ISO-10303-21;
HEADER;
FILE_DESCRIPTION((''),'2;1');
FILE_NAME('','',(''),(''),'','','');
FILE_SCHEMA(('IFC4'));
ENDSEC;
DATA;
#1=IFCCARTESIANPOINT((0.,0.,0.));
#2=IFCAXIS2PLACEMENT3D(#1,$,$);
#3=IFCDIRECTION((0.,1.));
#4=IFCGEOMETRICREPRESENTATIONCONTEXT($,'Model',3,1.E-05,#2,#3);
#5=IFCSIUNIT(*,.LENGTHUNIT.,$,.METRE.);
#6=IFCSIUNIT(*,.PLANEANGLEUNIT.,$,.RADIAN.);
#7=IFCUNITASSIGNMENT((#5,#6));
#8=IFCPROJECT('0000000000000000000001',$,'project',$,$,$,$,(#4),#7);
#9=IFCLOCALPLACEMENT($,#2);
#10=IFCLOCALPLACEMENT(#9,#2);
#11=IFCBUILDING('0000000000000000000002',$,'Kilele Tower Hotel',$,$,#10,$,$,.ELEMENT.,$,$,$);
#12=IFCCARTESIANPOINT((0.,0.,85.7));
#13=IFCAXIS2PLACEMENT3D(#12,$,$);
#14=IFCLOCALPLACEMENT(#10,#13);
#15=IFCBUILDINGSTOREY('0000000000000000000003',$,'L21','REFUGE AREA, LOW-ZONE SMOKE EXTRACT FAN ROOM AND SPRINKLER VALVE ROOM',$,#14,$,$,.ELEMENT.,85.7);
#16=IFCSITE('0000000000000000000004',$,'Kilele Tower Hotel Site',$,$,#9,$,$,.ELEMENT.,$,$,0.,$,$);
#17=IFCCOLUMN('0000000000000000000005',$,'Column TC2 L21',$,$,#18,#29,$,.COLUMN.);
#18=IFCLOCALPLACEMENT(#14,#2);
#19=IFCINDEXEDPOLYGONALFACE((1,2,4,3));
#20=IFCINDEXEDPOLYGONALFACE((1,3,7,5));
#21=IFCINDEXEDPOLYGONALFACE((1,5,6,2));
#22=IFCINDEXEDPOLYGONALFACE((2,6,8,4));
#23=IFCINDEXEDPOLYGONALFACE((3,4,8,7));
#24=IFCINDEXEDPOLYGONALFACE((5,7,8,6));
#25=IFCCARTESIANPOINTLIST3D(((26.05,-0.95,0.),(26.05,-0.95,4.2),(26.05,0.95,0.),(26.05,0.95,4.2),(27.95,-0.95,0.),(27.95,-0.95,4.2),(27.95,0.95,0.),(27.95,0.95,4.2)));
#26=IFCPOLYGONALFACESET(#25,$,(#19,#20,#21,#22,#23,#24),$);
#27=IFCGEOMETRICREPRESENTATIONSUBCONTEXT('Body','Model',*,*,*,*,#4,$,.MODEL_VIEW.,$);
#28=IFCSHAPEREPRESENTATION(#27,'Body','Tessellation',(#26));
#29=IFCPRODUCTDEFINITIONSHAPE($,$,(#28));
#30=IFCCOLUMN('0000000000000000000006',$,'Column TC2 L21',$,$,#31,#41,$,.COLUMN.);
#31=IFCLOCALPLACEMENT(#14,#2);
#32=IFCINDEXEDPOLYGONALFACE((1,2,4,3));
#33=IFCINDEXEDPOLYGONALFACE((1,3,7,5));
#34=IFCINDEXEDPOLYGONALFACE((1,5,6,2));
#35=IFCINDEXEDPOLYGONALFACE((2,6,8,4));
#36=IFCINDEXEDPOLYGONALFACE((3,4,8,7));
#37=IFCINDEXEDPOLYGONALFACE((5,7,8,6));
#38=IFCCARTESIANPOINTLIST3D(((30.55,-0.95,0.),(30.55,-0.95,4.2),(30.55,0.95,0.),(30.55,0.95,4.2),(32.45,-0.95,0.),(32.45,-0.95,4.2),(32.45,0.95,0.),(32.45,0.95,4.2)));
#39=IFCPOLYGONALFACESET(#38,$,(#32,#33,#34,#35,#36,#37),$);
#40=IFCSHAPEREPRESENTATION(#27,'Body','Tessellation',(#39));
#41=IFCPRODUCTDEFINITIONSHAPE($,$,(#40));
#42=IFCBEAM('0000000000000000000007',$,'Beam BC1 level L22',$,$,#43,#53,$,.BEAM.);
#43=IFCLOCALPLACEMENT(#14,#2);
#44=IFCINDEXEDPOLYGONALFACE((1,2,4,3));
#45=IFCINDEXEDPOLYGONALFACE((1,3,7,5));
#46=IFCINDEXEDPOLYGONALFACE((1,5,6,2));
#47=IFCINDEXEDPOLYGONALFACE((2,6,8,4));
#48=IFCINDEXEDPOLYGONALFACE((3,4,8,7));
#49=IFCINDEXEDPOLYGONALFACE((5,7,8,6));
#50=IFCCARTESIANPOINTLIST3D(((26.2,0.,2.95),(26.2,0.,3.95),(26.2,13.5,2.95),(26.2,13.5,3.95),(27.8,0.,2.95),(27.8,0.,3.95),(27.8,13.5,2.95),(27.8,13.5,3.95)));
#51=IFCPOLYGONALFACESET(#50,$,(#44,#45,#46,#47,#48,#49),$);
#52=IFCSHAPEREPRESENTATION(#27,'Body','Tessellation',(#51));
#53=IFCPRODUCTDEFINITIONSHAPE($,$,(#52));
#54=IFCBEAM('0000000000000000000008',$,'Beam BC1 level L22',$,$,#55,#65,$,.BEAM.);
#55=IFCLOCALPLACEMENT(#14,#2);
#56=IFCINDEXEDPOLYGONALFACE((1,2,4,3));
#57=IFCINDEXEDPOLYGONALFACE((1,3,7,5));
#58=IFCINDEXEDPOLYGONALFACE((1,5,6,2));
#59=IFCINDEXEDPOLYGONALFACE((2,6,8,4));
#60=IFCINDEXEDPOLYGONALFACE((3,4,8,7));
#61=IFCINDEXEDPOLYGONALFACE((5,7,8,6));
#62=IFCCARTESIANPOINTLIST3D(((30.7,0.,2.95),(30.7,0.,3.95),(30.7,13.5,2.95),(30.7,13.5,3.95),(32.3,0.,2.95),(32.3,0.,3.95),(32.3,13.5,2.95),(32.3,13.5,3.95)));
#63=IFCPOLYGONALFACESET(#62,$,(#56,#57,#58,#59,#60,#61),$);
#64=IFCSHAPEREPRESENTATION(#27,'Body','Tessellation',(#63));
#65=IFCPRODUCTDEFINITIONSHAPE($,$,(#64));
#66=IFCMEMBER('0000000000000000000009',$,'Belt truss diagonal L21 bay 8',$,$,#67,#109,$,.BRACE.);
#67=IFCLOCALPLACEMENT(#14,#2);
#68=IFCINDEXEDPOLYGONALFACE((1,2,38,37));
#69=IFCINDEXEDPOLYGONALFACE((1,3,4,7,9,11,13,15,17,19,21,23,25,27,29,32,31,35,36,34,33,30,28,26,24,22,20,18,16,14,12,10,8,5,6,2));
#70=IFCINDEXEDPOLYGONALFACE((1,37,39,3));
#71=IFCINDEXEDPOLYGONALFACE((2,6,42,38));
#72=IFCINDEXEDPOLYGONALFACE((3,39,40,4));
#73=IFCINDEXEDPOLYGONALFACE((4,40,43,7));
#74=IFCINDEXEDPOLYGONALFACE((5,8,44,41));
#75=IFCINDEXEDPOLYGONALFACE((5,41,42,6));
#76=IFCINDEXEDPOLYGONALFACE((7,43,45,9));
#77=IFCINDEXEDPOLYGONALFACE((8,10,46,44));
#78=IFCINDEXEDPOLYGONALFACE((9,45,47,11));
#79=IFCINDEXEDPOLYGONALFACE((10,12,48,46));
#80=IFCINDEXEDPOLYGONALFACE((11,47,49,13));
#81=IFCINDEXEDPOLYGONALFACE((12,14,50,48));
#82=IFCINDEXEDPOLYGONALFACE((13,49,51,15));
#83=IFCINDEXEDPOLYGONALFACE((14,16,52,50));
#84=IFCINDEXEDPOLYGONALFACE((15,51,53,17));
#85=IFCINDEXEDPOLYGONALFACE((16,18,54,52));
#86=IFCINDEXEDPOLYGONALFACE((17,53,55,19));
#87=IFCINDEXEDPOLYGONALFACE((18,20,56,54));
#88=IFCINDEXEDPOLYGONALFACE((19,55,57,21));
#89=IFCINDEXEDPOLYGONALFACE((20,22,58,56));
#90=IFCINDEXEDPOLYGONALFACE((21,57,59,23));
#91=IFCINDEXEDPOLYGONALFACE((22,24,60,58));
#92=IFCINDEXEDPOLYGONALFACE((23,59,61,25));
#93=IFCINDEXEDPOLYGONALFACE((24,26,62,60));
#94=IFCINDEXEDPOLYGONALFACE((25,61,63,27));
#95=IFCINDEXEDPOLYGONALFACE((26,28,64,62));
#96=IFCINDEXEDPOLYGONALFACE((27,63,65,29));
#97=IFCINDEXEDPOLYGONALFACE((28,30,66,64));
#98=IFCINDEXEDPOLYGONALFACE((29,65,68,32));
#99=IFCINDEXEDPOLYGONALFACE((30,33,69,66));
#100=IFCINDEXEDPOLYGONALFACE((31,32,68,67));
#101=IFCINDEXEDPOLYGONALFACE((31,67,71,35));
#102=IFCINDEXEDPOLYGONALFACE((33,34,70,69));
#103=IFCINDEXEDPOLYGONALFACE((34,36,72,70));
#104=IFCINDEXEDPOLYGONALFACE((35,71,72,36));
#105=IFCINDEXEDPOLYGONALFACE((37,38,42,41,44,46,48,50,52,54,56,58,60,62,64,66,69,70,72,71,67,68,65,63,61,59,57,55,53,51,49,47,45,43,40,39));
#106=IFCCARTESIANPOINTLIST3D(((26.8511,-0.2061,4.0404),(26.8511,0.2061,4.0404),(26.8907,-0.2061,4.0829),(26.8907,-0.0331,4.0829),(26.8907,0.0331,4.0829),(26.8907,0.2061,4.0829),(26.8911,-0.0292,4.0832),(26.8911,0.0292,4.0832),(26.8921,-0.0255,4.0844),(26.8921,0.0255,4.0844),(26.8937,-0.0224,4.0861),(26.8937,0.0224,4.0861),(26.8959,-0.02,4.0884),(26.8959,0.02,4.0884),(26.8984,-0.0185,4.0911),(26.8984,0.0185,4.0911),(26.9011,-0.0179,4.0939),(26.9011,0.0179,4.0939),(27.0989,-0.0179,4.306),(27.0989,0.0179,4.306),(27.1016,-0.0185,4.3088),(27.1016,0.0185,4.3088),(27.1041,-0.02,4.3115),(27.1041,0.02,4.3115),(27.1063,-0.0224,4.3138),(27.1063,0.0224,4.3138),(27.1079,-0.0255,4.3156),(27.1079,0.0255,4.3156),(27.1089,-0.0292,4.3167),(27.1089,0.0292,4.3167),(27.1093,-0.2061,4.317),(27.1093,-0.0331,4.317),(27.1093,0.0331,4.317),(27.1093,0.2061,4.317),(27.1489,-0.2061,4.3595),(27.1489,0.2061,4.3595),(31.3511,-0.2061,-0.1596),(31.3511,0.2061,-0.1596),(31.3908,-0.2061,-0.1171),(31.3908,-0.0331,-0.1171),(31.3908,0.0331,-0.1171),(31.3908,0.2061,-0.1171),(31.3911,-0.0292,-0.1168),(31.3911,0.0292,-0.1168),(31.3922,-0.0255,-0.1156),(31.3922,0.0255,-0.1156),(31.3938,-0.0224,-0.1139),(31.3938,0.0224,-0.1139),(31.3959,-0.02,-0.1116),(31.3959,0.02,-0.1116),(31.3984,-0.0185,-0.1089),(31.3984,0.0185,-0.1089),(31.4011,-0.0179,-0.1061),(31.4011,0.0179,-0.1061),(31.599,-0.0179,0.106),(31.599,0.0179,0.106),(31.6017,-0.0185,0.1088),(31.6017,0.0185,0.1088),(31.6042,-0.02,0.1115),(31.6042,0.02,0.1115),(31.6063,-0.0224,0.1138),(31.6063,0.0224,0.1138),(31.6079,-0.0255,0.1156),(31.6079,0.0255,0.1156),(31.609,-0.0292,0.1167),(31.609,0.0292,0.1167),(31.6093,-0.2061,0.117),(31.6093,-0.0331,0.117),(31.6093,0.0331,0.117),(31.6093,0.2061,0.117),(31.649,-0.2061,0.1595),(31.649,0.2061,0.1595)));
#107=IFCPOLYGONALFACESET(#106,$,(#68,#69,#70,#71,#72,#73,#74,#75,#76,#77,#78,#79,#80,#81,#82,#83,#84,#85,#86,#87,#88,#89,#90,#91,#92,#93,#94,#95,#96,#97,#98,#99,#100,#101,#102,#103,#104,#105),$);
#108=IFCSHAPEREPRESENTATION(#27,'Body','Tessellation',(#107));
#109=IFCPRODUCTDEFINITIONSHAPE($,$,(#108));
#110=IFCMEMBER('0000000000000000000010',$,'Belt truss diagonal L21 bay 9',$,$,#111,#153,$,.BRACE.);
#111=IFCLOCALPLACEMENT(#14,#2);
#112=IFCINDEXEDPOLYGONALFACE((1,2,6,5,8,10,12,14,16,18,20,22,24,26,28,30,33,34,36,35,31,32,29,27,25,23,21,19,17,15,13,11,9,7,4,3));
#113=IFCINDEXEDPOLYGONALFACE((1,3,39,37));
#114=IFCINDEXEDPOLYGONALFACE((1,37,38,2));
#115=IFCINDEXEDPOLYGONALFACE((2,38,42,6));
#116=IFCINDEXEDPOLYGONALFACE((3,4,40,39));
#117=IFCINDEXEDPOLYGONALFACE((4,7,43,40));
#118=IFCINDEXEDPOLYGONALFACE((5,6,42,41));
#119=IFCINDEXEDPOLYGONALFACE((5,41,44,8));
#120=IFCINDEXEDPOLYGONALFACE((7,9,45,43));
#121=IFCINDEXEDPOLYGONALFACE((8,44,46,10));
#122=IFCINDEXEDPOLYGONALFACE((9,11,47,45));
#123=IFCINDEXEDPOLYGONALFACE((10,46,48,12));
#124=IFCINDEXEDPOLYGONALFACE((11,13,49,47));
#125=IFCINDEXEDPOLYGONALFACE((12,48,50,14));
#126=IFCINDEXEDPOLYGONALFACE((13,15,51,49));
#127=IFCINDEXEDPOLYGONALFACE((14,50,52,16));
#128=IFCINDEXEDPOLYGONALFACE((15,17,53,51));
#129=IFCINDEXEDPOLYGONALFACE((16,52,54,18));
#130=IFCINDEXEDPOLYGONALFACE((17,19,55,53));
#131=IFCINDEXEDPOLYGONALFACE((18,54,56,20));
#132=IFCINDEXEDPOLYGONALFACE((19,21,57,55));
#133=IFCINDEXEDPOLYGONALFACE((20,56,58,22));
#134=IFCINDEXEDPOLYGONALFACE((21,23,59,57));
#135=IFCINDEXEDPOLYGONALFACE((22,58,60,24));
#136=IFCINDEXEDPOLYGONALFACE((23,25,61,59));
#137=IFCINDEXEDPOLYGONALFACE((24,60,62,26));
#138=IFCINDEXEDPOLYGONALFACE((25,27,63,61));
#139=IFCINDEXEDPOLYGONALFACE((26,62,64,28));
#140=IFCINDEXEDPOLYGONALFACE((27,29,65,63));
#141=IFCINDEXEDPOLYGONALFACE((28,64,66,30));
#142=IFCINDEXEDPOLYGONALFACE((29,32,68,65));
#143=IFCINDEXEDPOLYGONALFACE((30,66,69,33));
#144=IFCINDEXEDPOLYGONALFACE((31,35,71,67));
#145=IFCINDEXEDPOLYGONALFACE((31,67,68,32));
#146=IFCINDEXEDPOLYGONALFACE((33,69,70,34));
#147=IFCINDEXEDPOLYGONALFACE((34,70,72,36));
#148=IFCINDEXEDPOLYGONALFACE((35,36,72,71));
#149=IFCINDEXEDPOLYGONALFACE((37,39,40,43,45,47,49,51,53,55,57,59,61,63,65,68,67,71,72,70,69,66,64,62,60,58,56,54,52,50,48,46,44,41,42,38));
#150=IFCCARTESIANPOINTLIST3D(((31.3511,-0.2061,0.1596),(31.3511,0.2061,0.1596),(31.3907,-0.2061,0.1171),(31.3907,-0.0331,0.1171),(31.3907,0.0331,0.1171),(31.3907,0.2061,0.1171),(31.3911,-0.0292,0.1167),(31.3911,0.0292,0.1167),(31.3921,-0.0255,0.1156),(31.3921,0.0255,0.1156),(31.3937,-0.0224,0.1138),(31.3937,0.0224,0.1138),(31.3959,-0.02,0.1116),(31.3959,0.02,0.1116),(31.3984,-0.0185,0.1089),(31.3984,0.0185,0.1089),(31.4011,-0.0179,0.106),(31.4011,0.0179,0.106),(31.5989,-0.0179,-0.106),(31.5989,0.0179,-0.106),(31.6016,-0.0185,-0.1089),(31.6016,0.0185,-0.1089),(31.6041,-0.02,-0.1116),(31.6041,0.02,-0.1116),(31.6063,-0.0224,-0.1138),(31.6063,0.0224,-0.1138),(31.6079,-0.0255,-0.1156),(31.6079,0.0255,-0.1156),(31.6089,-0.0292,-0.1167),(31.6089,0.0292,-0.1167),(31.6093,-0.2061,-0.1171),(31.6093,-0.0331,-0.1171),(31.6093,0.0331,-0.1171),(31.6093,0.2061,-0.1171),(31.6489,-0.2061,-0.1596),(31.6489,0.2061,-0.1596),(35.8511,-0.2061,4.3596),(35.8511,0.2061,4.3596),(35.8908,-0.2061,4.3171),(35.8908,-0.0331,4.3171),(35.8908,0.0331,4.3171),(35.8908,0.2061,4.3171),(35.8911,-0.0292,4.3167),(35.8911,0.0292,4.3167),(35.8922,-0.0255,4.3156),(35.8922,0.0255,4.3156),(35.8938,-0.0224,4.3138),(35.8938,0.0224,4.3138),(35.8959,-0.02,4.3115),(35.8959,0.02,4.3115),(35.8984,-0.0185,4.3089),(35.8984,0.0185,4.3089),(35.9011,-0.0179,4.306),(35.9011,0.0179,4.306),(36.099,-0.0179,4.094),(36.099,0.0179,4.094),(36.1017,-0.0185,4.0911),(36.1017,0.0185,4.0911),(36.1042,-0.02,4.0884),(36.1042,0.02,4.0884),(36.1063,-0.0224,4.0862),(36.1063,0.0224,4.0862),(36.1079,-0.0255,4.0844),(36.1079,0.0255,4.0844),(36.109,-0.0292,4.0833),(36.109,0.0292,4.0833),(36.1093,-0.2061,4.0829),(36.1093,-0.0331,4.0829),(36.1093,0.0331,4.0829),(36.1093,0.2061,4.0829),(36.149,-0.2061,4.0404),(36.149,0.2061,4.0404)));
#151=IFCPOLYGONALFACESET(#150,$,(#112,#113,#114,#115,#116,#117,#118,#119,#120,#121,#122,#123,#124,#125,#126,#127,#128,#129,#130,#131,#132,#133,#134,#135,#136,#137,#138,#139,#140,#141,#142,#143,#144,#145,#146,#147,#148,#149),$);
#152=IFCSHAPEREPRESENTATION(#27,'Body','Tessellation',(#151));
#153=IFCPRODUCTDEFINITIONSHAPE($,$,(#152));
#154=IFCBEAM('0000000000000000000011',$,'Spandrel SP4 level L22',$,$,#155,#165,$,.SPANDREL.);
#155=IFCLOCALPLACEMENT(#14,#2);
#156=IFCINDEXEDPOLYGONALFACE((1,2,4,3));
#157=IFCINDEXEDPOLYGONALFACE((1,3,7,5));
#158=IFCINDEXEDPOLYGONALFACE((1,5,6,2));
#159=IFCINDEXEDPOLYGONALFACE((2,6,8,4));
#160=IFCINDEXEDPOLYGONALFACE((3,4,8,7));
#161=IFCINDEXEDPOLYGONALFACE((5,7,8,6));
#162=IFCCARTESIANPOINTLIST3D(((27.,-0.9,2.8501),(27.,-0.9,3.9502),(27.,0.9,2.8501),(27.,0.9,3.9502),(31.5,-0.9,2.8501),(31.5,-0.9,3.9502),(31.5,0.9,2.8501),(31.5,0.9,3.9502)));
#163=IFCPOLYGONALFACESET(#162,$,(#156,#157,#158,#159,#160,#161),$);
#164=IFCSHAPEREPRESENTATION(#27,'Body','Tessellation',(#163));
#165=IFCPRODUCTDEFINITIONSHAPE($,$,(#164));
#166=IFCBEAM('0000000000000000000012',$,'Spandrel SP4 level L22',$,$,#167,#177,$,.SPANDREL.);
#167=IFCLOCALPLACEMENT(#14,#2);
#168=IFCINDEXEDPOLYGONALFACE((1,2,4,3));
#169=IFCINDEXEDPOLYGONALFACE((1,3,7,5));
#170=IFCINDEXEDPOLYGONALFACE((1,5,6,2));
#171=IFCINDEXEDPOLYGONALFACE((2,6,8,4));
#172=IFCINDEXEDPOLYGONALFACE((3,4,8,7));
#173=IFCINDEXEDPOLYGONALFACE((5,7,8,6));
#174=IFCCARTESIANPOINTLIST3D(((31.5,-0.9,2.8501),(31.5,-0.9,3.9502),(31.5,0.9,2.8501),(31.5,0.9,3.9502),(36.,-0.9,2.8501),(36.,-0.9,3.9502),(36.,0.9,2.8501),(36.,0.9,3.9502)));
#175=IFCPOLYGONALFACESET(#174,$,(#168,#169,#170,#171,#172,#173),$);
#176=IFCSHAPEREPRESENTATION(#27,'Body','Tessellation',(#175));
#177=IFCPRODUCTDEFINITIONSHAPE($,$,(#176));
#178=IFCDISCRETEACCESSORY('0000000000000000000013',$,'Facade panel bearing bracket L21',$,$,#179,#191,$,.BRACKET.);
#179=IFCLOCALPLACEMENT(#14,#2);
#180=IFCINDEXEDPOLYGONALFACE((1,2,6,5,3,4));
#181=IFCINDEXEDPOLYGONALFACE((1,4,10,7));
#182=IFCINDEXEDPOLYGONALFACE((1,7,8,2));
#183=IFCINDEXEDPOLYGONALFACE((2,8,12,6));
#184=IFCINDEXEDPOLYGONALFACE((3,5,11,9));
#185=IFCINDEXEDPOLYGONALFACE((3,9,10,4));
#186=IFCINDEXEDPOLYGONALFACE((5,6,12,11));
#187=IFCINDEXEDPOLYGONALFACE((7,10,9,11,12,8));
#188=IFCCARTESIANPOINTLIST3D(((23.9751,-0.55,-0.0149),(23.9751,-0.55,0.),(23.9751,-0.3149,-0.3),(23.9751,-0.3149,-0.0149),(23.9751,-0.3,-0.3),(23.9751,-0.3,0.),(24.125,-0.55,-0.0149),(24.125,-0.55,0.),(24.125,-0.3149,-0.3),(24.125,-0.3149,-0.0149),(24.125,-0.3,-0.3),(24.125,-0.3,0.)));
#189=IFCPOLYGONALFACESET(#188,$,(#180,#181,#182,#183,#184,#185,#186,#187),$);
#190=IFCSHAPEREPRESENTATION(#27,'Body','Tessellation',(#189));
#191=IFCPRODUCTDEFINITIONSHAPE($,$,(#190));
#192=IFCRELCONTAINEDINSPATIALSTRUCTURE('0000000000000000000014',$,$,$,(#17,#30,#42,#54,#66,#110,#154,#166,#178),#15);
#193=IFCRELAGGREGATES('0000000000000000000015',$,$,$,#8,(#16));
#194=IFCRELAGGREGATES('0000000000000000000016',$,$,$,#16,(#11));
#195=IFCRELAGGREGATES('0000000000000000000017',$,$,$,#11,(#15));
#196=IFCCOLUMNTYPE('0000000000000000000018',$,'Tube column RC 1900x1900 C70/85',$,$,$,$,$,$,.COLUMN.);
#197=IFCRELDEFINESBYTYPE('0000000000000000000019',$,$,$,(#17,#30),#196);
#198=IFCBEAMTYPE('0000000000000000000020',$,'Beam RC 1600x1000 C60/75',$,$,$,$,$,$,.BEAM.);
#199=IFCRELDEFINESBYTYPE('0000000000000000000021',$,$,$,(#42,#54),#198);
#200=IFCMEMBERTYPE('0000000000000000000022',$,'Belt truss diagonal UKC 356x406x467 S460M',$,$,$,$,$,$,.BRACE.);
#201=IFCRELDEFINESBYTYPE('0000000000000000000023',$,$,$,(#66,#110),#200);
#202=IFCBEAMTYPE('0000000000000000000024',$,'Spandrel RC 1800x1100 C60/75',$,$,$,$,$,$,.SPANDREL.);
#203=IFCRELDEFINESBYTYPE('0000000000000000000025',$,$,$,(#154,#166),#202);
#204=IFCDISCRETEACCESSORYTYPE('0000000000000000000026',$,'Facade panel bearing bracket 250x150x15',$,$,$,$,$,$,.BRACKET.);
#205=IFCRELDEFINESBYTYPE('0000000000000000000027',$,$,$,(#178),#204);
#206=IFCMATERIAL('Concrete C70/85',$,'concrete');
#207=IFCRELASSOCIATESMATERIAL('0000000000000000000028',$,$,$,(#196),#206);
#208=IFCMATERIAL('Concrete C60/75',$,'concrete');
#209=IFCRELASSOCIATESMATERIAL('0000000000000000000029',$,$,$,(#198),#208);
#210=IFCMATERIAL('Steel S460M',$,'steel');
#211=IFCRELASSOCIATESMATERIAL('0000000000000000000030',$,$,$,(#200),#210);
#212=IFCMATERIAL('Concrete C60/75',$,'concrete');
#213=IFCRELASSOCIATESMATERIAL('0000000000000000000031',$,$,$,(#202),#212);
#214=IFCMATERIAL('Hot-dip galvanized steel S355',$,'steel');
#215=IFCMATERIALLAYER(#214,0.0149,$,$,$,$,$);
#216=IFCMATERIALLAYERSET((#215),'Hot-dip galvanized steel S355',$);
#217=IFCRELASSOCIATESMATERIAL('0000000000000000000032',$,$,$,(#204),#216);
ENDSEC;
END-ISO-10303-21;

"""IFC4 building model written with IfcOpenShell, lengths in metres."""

from ifc_helpers import new_model, si_unit, direction, frame, origin, origin_2d, place, context, subcontext, project, spatial, polyline, rectangle, i_section, outline, extrude, source, transform, mapped, material, layer, layer_set, material_profile, profile_set, type_object, element, save


model = new_model("IFC4")

# Units and contexts
model_context = context("Model", 3, precision=1e-05, world=origin(), true_north=direction((0.0, 1.0)))
body_context = subcontext(model_context, "Body", "Model", "MODEL_VIEW")
ifc_project = project(units=[si_unit("LENGTHUNIT", "METRE"), si_unit("PLANEANGLEUNIT", "RADIAN")], contexts=[model_context])

# Site, building, storey
site_placement = place(None, origin())
site = spatial("IfcSite", under=ifc_project, at=site_placement, Name="Kilele Tower Hotel Site", CompositionType="ELEMENT", RefElevation=0.0)
building_placement = place(site_placement, origin())
building = spatial("IfcBuilding", under=site, at=building_placement, Name="Kilele Tower Hotel", CompositionType="ELEMENT")
storey_placement = place(building_placement, frame((0.0, 0.0, 85.7)))
storey = spatial("IfcBuildingStorey", under=building, at=storey_placement, Name="L21", Description="REFUGE AREA, LOW-ZONE SMOKE EXTRACT FAN ROOM AND SPRINKLER VALVE ROOM", CompositionType="ELEMENT", Elevation=85.7)

# Columns
ifc_material_1 = material(Name="Concrete C70/85", Category="concrete")
ifc_material_profile_1 = material_profile(ifc_material_1, rectangle(XDim=1.8999, YDim=1.8999, at=origin_2d()))
ifc_profile_set_1 = profile_set([ifc_material_profile_1], Name="Concrete C70/85")
column_type = type_object("IfcColumnType", Name="Tube column RC 1900x1900 C70/85", PredefinedType="COLUMN", material=ifc_profile_set_1)
for number, where, z_axis, x_axis, name in (
    (1, (27.0, 0.0, 0.0), (0.0, 0.0, 1.0), (1.0, 0.0, 0.0), "Column TC2 L21"),
    (2, (31.5, 0.0, 0.0), (0.0, 0.0, 1.0), (1.0, 0.0, 0.0), "Column TC2 L21"),
):
    element("IfcColumn", number, at=place(storey_placement, frame(where, z_axis=z_axis, x_axis=x_axis)), inside=storey, type_object=column_type, Name=name, PredefinedType="COLUMN", context=body_context, shape_type="SweptSolid", body=[
        extrude(rectangle(XDim=1.8999, YDim=1.8999, at=origin_2d()), origin(), (0.0, 0.0, 1.0), 4.2),
    ])

# Beams
ifc_material_2 = material(Name="Concrete C60/75", Category="concrete")
ifc_material_profile_2 = material_profile(ifc_material_2, rectangle(XDim=1.6001, YDim=1.0, at=origin_2d()))
ifc_profile_set_2 = profile_set([ifc_material_profile_2], Name="Concrete C60/75")
beam_type_1 = type_object("IfcBeamType", Name="Beam RC 1600x1000 C60/75", PredefinedType="BEAM", material=ifc_profile_set_2)
for number, where, z_axis, x_axis, name in (
    (3, (27.0, 0.0, 3.45), (0.0, 1.0, 0.0), (-1.0, 0.0, 0.0), "Beam BC1 level L22"),
    (4, (31.5, 0.0, 3.45), (0.0, 1.0, 0.0), (-1.0, 0.0, 0.0), "Beam BC1 level L22"),
):
    element("IfcBeam", number, at=place(storey_placement, frame(where, z_axis=z_axis, x_axis=x_axis)), inside=storey, type_object=beam_type_1, Name=name, PredefinedType="BEAM", context=body_context, shape_type="SweptSolid", body=[
        extrude(rectangle(XDim=1.6001, YDim=1.0, at=origin_2d()), origin(), (0.0, 0.0, 1.0), 13.5),
    ])

# Members
ifc_material_3 = material(Name="Steel S460M", Category="steel")
ifc_material_profile_3 = material_profile(ifc_material_3, i_section(OverallWidth=0.4121, OverallDepth=0.4365, WebThickness=0.0359, FlangeThickness=0.0581, FilletRadius=0.0151, at=origin_2d()))
ifc_profile_set_3 = profile_set([ifc_material_profile_3], Name="Steel S460M")
member_type = type_object("IfcMemberType", Name="Belt truss diagonal UKC 356x406x467 S460M", PredefinedType="BRACE", material=ifc_profile_set_3)
for number, where, z_axis, x_axis, name in (
    (5, (27.0, 0.0, 4.2), (0.731059, 0.0, -0.682314), (0.0, 1.0, 0.0), "Belt truss diagonal L21 bay 8"),
    (6, (31.5, 0.0, 0.0), (0.731059, 0.0, 0.682314), (0.0, 1.0, 0.0), "Belt truss diagonal L21 bay 9"),
):
    element("IfcMember", number, at=place(storey_placement, frame(where, z_axis=z_axis, x_axis=x_axis)), inside=storey, type_object=member_type, Name=name, PredefinedType="BRACE", context=body_context, shape_type="SweptSolid", body=[
        extrude(i_section(OverallWidth=0.4121, OverallDepth=0.4365, WebThickness=0.0359, FlangeThickness=0.0581, FilletRadius=0.0151, at=origin_2d()), origin(), (0.0, 0.0, 1.0), 6.1555),
    ])

# Beams
ifc_material_4 = material(Name="Concrete C60/75", Category="concrete")
ifc_material_profile_4 = material_profile(ifc_material_4, rectangle(XDim=1.8, YDim=1.1001, at=origin_2d()))
ifc_profile_set_4 = profile_set([ifc_material_profile_4], Name="Concrete C60/75")
beam_type_2 = type_object("IfcBeamType", Name="Spandrel RC 1800x1100 C60/75", PredefinedType="SPANDREL", material=ifc_profile_set_4)
for number, where, z_axis, x_axis, name in (
    (7, (27.0, 0.0, 3.4001), (1.0, 0.0, 0.0), (0.0, 1.0, 0.0), "Spandrel SP4 level L22"),
    (8, (31.5, 0.0, 3.4001), (1.0, 0.0, 0.0), (0.0, 1.0, 0.0), "Spandrel SP4 level L22"),
):
    element("IfcBeam", number, at=place(storey_placement, frame(where, z_axis=z_axis, x_axis=x_axis)), inside=storey, type_object=beam_type_2, Name=name, PredefinedType="SPANDREL", context=body_context, shape_type="SweptSolid", body=[
        extrude(rectangle(XDim=1.8, YDim=1.1001, at=origin_2d()), origin(), (0.0, 0.0, 1.0), 4.5),
    ])

# Discrete accessory
ifc_material_5 = material(Name="Hot-dip galvanized steel S355", Category="steel")
ifc_layer_1 = layer(ifc_material_5, 0.0149)
ifc_layer_set_1 = layer_set([ifc_layer_1], Name="Hot-dip galvanized steel S355")
discrete_accessory_type_1 = type_object("IfcDiscreteAccessoryType", Name="Facade panel bearing bracket 250x150x15", PredefinedType="BRACKET", material=ifc_layer_set_1)
shared_shape_1 = source(origin(), body_context, "Body", "SweptSolid", [
    extrude(outline(polyline([(0.0, 0.0), (0.25, 0.0), (0.25, -0.0149), (0.0149, -0.0149), (0.0149, -0.3), (0.0, -0.3), (0.0, 0.0)])), origin(), (0.0, 0.0, 1.0), 0.1499),
])
for number, where, z_axis, x_axis, name in (
    (9, (24.125, -0.3, 0.0), (-1.0, 0.0, 0.0), (0.0, -1.0, 0.0), "Facade panel bearing bracket L21"),
):
    element("IfcDiscreteAccessory", number, at=place(storey_placement, frame(where, z_axis=z_axis, x_axis=x_axis)), inside=storey, type_object=discrete_accessory_type_1, Name=name, PredefinedType="BRACKET", context=body_context, shape_type="MappedRepresentation", body=[
        mapped(shared_shape_1, transform((0.0, 0.0, 0.0))),
    ])

save(model, "model.ifc")
